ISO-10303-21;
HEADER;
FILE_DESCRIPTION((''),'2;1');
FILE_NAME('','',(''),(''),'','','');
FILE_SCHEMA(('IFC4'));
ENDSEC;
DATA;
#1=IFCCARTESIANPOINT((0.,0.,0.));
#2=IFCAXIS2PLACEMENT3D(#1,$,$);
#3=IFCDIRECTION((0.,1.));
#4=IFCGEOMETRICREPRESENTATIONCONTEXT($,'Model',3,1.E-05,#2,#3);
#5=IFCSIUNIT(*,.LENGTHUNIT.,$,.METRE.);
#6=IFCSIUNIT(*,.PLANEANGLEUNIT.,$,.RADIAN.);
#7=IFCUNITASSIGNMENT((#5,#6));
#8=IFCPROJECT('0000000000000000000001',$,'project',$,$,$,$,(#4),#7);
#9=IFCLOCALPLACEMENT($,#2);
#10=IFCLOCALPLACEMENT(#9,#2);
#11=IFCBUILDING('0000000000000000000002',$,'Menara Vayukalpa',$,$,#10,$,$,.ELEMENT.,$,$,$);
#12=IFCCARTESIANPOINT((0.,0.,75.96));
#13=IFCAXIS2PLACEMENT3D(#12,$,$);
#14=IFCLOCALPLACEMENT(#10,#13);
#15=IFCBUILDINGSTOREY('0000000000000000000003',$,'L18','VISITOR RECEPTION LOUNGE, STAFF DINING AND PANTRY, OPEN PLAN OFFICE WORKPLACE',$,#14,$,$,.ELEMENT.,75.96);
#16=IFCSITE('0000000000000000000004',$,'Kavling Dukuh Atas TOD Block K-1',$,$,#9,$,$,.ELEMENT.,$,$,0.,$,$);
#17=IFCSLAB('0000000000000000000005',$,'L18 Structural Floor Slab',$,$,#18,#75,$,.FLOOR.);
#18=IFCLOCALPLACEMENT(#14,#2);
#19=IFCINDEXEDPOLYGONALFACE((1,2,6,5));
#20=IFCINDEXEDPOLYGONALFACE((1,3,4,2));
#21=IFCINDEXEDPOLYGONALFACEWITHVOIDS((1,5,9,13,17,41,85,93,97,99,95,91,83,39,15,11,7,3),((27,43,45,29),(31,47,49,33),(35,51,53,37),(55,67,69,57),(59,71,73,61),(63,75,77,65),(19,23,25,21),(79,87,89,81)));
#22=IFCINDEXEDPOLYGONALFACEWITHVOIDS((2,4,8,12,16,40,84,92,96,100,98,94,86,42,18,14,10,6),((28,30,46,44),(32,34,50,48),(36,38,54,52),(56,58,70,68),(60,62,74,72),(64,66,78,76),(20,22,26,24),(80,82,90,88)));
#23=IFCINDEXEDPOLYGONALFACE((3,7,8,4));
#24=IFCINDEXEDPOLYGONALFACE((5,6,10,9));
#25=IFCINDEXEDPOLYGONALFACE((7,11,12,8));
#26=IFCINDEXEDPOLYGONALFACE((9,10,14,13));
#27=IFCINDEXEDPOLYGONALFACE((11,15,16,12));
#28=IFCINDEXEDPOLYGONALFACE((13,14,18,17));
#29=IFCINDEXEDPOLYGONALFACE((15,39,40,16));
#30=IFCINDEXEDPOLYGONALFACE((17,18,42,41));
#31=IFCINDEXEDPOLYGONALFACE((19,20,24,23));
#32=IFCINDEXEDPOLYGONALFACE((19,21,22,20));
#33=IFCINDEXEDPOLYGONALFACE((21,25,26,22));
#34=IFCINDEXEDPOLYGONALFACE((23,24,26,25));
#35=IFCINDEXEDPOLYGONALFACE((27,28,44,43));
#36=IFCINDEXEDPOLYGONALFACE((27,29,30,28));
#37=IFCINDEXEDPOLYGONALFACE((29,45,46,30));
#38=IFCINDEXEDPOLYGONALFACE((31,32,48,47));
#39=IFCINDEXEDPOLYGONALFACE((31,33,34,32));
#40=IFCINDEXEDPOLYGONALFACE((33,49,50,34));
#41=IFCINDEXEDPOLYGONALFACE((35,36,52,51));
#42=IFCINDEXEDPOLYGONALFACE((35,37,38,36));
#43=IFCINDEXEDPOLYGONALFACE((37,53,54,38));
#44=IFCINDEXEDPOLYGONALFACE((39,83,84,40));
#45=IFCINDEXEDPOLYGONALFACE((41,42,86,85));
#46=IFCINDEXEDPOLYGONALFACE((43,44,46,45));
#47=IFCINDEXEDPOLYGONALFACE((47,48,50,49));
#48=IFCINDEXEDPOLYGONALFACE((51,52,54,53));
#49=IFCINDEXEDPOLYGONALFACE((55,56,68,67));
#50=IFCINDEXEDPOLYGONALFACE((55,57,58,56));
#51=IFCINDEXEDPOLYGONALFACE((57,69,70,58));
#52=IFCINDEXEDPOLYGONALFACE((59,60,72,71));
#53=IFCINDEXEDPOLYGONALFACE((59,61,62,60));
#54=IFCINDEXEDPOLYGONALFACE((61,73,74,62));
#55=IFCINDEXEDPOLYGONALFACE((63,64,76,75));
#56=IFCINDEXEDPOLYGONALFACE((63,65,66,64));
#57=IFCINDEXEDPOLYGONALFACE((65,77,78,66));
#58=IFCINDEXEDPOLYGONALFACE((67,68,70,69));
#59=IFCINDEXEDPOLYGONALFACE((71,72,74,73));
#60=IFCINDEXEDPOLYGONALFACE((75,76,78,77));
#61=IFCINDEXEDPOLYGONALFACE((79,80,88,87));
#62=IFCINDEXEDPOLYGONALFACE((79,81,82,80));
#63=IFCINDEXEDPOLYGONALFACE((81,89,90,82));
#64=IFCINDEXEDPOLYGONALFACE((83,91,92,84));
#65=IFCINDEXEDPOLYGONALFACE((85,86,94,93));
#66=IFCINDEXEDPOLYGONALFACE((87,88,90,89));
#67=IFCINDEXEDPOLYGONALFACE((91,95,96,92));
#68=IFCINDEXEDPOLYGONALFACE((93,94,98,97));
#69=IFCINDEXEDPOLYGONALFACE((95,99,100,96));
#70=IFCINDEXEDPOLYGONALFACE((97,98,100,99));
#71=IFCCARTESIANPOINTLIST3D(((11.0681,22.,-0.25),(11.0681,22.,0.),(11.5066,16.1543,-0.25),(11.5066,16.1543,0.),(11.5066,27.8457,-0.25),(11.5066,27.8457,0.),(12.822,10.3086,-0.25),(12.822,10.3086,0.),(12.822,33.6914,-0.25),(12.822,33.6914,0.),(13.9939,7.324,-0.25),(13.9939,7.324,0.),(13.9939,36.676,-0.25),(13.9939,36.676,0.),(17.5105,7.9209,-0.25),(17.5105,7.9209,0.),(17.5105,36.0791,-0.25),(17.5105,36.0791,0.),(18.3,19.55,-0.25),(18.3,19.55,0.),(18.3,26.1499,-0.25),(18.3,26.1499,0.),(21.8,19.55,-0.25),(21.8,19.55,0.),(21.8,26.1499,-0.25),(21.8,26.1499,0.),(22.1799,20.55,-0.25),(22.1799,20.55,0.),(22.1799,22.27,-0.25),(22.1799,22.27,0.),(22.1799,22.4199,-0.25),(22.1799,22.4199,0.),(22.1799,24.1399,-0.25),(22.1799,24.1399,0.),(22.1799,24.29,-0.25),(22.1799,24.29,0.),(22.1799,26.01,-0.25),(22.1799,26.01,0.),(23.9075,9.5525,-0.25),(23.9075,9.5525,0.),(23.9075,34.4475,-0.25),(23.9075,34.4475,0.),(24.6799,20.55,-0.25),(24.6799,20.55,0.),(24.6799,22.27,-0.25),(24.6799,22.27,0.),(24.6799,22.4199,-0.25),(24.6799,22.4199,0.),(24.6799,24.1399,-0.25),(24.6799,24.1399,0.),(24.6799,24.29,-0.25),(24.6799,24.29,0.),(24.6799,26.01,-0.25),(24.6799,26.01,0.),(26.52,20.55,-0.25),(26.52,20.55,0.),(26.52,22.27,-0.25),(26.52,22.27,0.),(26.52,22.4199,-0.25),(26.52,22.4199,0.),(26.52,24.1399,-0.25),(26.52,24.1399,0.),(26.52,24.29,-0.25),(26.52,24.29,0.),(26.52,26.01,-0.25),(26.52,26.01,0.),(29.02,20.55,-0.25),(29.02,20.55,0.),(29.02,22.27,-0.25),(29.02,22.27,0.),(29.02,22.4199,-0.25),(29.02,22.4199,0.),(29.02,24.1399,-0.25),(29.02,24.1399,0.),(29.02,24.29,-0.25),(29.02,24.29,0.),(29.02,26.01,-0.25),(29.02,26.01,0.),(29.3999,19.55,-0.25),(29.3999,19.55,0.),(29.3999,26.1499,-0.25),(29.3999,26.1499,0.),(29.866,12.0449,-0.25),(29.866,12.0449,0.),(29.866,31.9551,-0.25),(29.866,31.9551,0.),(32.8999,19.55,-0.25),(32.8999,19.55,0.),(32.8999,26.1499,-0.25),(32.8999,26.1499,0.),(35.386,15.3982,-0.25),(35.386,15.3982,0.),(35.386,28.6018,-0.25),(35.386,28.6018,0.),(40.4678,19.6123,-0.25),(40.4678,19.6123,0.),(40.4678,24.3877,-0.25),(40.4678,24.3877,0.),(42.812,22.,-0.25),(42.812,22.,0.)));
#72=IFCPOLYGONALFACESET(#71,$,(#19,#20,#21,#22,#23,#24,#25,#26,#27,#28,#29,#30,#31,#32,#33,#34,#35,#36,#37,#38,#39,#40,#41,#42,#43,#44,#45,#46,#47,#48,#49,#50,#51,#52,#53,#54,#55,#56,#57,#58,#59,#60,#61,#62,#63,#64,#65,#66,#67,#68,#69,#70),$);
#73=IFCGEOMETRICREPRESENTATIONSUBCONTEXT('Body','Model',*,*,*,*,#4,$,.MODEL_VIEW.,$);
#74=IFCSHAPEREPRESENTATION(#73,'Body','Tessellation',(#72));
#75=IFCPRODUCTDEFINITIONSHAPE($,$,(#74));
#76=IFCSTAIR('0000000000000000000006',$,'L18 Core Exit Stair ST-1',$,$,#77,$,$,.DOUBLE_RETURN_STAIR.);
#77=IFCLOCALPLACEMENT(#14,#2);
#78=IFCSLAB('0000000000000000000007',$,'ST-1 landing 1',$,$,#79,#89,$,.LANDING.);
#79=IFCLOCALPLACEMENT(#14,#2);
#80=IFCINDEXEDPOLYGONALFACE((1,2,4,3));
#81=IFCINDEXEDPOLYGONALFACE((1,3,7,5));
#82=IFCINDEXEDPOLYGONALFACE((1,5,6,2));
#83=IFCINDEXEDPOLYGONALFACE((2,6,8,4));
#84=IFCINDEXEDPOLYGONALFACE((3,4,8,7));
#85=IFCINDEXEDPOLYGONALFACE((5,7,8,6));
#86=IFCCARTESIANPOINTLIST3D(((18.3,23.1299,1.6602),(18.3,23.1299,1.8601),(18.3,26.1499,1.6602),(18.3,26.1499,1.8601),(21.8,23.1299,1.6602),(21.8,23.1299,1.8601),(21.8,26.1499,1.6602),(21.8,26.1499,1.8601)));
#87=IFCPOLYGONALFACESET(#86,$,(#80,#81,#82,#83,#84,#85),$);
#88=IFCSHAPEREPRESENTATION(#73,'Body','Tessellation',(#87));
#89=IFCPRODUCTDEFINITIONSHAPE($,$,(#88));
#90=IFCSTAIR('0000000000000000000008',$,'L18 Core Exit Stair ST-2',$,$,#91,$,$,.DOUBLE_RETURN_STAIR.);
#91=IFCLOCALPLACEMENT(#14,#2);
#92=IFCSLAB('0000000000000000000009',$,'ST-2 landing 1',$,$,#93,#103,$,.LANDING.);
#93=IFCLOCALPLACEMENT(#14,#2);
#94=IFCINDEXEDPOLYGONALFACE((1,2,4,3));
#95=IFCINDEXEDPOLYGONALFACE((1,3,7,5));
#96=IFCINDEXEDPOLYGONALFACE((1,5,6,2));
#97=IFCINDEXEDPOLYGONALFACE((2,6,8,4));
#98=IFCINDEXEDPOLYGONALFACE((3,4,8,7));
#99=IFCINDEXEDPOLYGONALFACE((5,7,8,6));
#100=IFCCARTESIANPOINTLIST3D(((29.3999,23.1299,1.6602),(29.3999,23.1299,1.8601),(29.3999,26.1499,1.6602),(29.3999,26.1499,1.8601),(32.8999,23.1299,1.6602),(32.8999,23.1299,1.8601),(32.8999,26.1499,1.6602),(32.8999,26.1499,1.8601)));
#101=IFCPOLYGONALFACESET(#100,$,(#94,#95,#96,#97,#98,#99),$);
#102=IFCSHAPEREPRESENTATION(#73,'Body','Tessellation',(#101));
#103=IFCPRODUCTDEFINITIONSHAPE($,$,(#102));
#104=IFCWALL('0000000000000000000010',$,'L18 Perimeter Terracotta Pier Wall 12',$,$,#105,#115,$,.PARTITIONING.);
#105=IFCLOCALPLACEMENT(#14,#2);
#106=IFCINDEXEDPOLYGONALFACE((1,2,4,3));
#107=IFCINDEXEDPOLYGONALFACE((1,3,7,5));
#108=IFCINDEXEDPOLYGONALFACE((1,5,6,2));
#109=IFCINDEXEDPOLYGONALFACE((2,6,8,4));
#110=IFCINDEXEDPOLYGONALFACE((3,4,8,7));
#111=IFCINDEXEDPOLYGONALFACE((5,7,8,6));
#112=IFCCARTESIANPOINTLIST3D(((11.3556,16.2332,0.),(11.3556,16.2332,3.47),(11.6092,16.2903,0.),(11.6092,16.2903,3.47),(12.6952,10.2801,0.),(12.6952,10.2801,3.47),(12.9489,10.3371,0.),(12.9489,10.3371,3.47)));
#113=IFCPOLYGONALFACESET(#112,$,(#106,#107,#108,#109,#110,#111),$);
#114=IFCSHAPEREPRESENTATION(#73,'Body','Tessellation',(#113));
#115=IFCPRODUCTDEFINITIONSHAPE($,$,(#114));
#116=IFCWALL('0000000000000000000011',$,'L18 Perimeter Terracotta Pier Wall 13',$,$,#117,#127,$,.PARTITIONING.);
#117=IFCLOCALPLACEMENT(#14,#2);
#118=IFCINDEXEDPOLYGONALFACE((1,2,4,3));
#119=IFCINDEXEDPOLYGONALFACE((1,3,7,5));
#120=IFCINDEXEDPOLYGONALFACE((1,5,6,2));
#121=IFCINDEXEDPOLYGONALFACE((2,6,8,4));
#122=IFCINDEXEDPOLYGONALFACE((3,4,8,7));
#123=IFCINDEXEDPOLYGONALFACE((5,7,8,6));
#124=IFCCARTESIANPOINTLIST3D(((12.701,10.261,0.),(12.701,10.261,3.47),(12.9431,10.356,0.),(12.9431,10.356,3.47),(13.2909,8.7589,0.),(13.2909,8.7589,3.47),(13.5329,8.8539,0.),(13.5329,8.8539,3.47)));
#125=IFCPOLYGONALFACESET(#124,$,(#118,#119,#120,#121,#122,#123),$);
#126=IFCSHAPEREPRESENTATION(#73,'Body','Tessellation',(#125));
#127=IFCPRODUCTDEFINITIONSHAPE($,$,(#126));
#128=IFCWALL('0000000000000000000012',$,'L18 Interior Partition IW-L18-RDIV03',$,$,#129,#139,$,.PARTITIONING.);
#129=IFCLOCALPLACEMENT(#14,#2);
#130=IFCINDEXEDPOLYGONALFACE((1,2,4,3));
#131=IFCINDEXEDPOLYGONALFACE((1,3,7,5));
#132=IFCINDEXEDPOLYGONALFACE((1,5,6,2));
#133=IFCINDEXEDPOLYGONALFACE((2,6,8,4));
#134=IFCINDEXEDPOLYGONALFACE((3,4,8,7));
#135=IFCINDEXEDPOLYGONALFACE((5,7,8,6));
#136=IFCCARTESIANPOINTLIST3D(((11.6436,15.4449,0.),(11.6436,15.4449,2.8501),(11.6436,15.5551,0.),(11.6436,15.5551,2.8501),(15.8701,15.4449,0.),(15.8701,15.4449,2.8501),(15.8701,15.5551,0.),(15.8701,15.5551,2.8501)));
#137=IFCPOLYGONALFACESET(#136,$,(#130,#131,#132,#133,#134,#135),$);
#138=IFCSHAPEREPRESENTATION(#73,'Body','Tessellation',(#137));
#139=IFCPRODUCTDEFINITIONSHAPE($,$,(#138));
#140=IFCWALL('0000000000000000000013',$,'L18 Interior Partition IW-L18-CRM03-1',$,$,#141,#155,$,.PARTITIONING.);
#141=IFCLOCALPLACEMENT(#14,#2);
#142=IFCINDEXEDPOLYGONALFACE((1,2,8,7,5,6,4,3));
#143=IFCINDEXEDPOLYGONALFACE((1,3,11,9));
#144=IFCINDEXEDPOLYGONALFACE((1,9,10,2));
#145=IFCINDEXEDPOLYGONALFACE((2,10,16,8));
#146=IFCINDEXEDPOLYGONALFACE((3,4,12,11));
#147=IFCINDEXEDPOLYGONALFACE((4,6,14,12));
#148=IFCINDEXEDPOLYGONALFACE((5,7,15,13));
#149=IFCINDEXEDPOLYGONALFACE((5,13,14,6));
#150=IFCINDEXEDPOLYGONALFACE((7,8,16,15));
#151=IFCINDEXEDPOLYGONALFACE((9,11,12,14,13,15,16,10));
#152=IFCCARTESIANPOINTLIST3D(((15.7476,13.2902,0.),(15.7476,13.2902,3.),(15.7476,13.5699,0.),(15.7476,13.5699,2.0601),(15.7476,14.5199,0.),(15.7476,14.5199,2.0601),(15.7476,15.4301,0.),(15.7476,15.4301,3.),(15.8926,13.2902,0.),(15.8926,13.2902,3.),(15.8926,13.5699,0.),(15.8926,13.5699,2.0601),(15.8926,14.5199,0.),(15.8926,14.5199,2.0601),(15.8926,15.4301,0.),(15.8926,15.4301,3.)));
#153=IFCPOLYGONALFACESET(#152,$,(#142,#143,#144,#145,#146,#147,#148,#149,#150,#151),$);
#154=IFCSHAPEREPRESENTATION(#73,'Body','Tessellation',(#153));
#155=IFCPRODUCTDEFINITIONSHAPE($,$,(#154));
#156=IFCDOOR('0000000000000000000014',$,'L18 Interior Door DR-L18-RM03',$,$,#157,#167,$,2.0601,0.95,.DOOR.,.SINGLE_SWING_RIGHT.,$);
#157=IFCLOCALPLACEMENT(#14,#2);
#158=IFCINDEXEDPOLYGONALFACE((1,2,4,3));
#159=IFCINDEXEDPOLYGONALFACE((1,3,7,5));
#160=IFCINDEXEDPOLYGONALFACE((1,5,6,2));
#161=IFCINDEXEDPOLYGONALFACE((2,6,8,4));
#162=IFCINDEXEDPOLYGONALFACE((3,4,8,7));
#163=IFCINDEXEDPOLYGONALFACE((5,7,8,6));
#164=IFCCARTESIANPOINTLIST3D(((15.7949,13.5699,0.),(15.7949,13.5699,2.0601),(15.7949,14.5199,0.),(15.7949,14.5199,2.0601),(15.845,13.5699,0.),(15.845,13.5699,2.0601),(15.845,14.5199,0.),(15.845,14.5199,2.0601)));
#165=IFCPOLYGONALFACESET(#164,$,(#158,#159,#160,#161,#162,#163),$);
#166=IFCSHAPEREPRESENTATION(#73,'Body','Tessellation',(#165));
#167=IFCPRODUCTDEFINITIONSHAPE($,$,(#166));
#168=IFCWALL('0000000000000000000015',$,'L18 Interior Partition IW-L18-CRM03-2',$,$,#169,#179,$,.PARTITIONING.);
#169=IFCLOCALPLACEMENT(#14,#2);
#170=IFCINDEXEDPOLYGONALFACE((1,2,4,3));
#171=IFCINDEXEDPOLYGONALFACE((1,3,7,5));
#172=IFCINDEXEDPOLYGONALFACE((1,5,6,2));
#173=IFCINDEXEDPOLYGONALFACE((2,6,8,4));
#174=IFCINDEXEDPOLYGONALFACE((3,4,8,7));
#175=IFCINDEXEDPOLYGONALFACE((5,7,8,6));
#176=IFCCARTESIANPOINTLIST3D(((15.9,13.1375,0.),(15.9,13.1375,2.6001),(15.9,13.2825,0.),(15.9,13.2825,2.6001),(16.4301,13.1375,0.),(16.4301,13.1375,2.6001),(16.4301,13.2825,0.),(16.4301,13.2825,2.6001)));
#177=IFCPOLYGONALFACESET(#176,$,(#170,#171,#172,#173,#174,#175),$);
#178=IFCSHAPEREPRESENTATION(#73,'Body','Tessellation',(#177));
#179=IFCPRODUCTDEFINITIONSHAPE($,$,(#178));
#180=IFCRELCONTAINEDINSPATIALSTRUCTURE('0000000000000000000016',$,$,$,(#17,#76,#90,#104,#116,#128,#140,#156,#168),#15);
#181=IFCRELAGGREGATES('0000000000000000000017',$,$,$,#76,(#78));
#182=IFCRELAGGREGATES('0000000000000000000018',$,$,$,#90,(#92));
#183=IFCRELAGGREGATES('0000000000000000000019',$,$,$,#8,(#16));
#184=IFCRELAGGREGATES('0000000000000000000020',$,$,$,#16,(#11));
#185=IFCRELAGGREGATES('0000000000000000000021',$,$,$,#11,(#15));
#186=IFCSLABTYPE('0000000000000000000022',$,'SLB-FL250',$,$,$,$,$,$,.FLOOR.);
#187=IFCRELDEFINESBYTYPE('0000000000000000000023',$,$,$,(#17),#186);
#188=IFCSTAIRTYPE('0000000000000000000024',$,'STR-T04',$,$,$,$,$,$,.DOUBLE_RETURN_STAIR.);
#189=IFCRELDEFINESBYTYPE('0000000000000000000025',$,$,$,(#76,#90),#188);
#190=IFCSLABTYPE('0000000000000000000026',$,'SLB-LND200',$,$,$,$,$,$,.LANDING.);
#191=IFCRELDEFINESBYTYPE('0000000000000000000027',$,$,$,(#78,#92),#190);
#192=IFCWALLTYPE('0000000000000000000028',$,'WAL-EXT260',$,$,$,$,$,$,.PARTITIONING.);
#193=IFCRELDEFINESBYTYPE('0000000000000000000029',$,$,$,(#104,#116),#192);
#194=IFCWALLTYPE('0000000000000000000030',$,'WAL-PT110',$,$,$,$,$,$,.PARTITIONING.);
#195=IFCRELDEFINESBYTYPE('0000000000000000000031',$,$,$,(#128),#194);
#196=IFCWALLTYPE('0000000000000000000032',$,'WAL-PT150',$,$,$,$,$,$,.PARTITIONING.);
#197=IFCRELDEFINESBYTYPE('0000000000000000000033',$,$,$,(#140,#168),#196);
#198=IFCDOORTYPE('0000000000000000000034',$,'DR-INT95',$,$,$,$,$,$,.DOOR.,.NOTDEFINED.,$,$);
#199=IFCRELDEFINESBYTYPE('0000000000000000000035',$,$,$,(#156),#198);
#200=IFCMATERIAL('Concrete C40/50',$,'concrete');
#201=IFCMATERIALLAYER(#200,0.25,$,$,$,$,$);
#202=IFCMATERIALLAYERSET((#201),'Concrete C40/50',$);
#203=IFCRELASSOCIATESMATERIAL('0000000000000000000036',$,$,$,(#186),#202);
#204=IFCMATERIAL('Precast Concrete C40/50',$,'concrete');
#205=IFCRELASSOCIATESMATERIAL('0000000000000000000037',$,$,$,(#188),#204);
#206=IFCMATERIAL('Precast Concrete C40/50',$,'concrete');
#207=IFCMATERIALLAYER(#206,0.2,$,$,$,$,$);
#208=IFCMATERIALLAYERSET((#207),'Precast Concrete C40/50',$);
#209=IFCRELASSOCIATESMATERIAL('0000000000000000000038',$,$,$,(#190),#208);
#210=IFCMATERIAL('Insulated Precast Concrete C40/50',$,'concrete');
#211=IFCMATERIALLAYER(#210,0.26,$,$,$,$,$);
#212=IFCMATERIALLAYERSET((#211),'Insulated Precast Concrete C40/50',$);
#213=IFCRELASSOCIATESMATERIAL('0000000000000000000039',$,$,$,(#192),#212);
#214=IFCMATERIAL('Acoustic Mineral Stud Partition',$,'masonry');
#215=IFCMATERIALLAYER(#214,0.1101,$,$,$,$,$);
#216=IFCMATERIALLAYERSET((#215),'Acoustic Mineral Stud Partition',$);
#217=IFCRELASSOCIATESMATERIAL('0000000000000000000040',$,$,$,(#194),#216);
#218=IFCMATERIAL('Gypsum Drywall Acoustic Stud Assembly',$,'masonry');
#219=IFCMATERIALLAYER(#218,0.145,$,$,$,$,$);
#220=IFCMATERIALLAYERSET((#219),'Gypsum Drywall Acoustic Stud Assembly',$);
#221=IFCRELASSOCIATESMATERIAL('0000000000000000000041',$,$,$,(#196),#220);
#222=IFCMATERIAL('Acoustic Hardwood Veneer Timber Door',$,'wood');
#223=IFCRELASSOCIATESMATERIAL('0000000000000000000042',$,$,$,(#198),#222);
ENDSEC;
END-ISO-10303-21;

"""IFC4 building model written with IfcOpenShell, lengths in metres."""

from ifc_helpers import new_model, si_unit, direction, frame, frame_2d, origin, place, context, subcontext, project, spatial, polyline, rectangle, outline, extrude, material, layer, layer_set, type_object, element, fill, aggregate, save


model = new_model("IFC4")

# Units and contexts
model_context = context("Model", 3, precision=1e-05, world=origin(), true_north=direction((0.0, 1.0)))
body_context = subcontext(model_context, "Body", "Model", "MODEL_VIEW")
ifc_project = project(units=[si_unit("LENGTHUNIT", "METRE"), si_unit("PLANEANGLEUNIT", "RADIAN")], contexts=[model_context])

# Site, building, storey
site_placement = place(None, origin())
site = spatial("IfcSite", under=ifc_project, at=site_placement, Name="Kavling Dukuh Atas TOD Block K-1", CompositionType="ELEMENT", RefElevation=0.0)
building_placement = place(site_placement, origin())
building = spatial("IfcBuilding", under=site, at=building_placement, Name="Menara Vayukalpa", CompositionType="ELEMENT")
storey_placement = place(building_placement, frame((0.0, 0.0, 75.96)))
storey = spatial("IfcBuildingStorey", under=building, at=storey_placement, Name="L18", Description="VISITOR RECEPTION LOUNGE, STAFF DINING AND PANTRY, OPEN PLAN OFFICE WORKPLACE", CompositionType="ELEMENT", Elevation=75.96)

# Slab
ifc_material_1 = material(Name="Concrete C40/50", Category="concrete")
ifc_layer_1 = layer(ifc_material_1, 0.25)
ifc_layer_set_1 = layer_set([ifc_layer_1], Name="Concrete C40/50")
slab_type_1 = type_object("IfcSlabType", Name="SLB-FL250", PredefinedType="FLOOR", material=ifc_layer_set_1)
slab_1_placement = place(storey_placement, frame((0.0, 0.0, -0.25)))
element("IfcSlab", 1, at=slab_1_placement, inside=storey, type_object=slab_type_1, Name="L18 Structural Floor Slab", PredefinedType="FLOOR", context=body_context, shape_type="SweptSolid", body=[
    extrude(outline(polyline([(40.4678, 19.6123), (42.812, 22.0), (40.4678, 24.3877), (35.386, 28.6018), (29.866, 31.9551), (23.9075, 34.4475), (17.5105, 36.0791), (13.9939, 36.676), (12.822, 33.6914), (11.5066, 27.8457), (11.0681, 22.0), (11.5066, 16.1543), (12.822, 10.3086), (13.9939, 7.324), (17.5105, 7.9209), (23.9075, 9.5525), (29.866, 12.0449), (35.386, 15.3982), (40.4678, 19.6123)]), holes=[polyline([(21.8, 19.55), (21.8, 26.1499), (18.3, 26.1499), (18.3, 19.55), (21.8, 19.55)]), polyline([(32.8999, 19.55), (32.8999, 26.1499), (29.3999, 26.1499), (29.3999, 19.55), (32.8999, 19.55)]), polyline([(22.1799, 20.55), (24.6799, 20.55), (24.6799, 22.27), (22.1799, 22.27), (22.1799, 20.55)]), polyline([(26.52, 20.55), (29.02, 20.55), (29.02, 22.27), (26.52, 22.27), (26.52, 20.55)]), polyline([(22.1799, 22.4199), (24.6799, 22.4199), (24.6799, 24.1399), (22.1799, 24.1399), (22.1799, 22.4199)]), polyline([(22.1799, 24.29), (24.6799, 24.29), (24.6799, 26.01), (22.1799, 26.01), (22.1799, 24.29)]), polyline([(26.52, 24.29), (29.02, 24.29), (29.02, 26.01), (26.52, 26.01), (26.52, 24.29)]), polyline([(26.52, 22.4199), (29.02, 22.4199), (29.02, 24.1399), (26.52, 24.1399), (26.52, 22.4199)])]), origin(), (0.0, 0.0, 1.0), 0.25),
])

# Stairs, slabs
ifc_material_2 = material(Name="Precast Concrete C40/50", Category="concrete")
stair_type = type_object("IfcStairType", Name="STR-T04", PredefinedType="DOUBLE_RETURN_STAIR", material=ifc_material_2)
stair_1_placement = place(storey_placement, origin())
stair_1 = element("IfcStair", 2, at=stair_1_placement, inside=storey, type_object=stair_type, Name="L18 Core Exit Stair ST-1", PredefinedType="DOUBLE_RETURN_STAIR")
ifc_material_3 = material(Name="Precast Concrete C40/50", Category="concrete")
ifc_layer_2 = layer(ifc_material_3, 0.2)
ifc_layer_set_2 = layer_set([ifc_layer_2], Name="Precast Concrete C40/50")
slab_type_2 = type_object("IfcSlabType", Name="SLB-LND200", PredefinedType="LANDING", material=ifc_layer_set_2)
slab_2_placement = place(storey_placement, frame((0.0, 0.0, 1.6602)))
slab_2 = element("IfcSlab", 3, at=slab_2_placement, type_object=slab_type_2, Name="ST-1 landing 1", PredefinedType="LANDING", context=body_context, shape_type="SweptSolid", body=[
    extrude(outline(polyline([(21.8, 23.1299), (21.8, 26.1499), (18.3, 26.1499), (18.3, 23.1299), (21.8, 23.1299)])), origin(), (0.0, 0.0, 1.0), 0.2),
])
aggregate(stair_1, [slab_2])
stair_2_placement = place(storey_placement, origin())
stair_2 = element("IfcStair", 4, at=stair_2_placement, inside=storey, type_object=stair_type, Name="L18 Core Exit Stair ST-2", PredefinedType="DOUBLE_RETURN_STAIR")
slab_3_placement = place(storey_placement, frame((0.0, 0.0, 1.6602)))
slab_3 = element("IfcSlab", 5, at=slab_3_placement, type_object=slab_type_2, Name="ST-2 landing 1", PredefinedType="LANDING", context=body_context, shape_type="SweptSolid", body=[
    extrude(outline(polyline([(32.8999, 23.1299), (32.8999, 26.1499), (29.3999, 26.1499), (29.3999, 23.1299), (32.8999, 23.1299)])), origin(), (0.0, 0.0, 1.0), 0.2),
])
aggregate(stair_2, [slab_3])

# Walls
ifc_material_4 = material(Name="Insulated Precast Concrete C40/50", Category="concrete")
ifc_layer_3 = layer(ifc_material_4, 0.26)
ifc_layer_set_3 = layer_set([ifc_layer_3], Name="Insulated Precast Concrete C40/50")
wall_type_1 = type_object("IfcWallType", Name="WAL-EXT260", PredefinedType="PARTITIONING", material=ifc_layer_set_3)
wall_1_placement = place(storey_placement, frame((12.822, 10.3086, 0.0), z_axis=(0.0, 0.0, 1.0), x_axis=(-0.219535, 0.975605, 0.0)))
element("IfcWall", 6, at=wall_1_placement, inside=storey, type_object=wall_type_1, Name="L18 Perimeter Terracotta Pier Wall 12", PredefinedType="PARTITIONING", context=body_context, shape_type="SweptSolid", body=[
    extrude(rectangle(XDim=6.1021, YDim=0.26, at=frame_2d((3.051, 0.0))), origin(), (0.0, 0.0, 1.0), 3.47),
])
wall_2_placement = place(storey_placement, frame((13.4119, 8.8064, 0.0), z_axis=(0.0, 0.0, 1.0), x_axis=(-0.365489, 0.930816, 0.0)))
element("IfcWall", 7, at=wall_2_placement, inside=storey, type_object=wall_type_1, Name="L18 Perimeter Terracotta Pier Wall 13", PredefinedType="PARTITIONING", context=body_context, shape_type="SweptSolid", body=[
    extrude(rectangle(XDim=1.6138, YDim=0.26, at=frame_2d((0.8069, 0.0))), origin(), (0.0, 0.0, 1.0), 3.47),
])
ifc_material_5 = material(Name="Acoustic Mineral Stud Partition", Category="masonry")
ifc_layer_4 = layer(ifc_material_5, 0.1101)
ifc_layer_set_4 = layer_set([ifc_layer_4], Name="Acoustic Mineral Stud Partition")
wall_type_2 = type_object("IfcWallType", Name="WAL-PT110", PredefinedType="PARTITIONING", material=ifc_layer_set_4)
wall_3_placement = place(storey_placement, frame((11.6436, 15.5, 0.0), z_axis=(0.0, 0.0, 1.0), x_axis=(1.0, 0.0, 0.0)))
element("IfcWall", 8, at=wall_3_placement, inside=storey, type_object=wall_type_2, Name="L18 Interior Partition IW-L18-RDIV03", PredefinedType="PARTITIONING", context=body_context, shape_type="SweptSolid", body=[
    extrude(rectangle(XDim=4.2266, YDim=0.1101, at=frame_2d((2.1133, 0.0))), origin(), (0.0, 0.0, 1.0), 2.8501),
])

# Wall, opening, door
ifc_material_6 = material(Name="Gypsum Drywall Acoustic Stud Assembly", Category="masonry")
ifc_layer_5 = layer(ifc_material_6, 0.145)
ifc_layer_set_5 = layer_set([ifc_layer_5], Name="Gypsum Drywall Acoustic Stud Assembly")
wall_type_3 = type_object("IfcWallType", Name="WAL-PT150", PredefinedType="PARTITIONING", material=ifc_layer_set_5)
wall_4_placement = place(storey_placement, frame((15.8201, 15.4299, 0.0), z_axis=(0.0, 0.0, 1.0), x_axis=(0.0, -1.0, 0.0)))
wall_4 = element("IfcWall", 9, at=wall_4_placement, inside=storey, type_object=wall_type_3, Name="L18 Interior Partition IW-L18-CRM03-1", PredefinedType="PARTITIONING", context=body_context, shape_type="SweptSolid", body=[
    extrude(rectangle(XDim=2.1399, YDim=0.145, at=frame_2d((1.0698, 0.0))), origin(), (0.0, 0.0, 1.0), 3.0),
])
opening_placement = place(wall_4_placement, frame((0.9099, 0.0, 0.0)))
opening = element("IfcOpeningElement", 10, at=opening_placement, cuts=wall_4, PredefinedType="OPENING", context=body_context, shape_type="SweptSolid", body=[
    extrude(rectangle(XDim=0.95, YDim=2.0601, at=frame_2d((0.4751, 1.03))), frame((0.0, 0.0825, 0.0), z_axis=(0.0, -1.0, 0.0), x_axis=(1.0, 0.0, 0.0)), (0.0, 0.0, 1.0), 0.165),
])
ifc_material_7 = material(Name="Acoustic Hardwood Veneer Timber Door", Category="wood")
door_type = type_object("IfcDoorType", Name="DR-INT95", OperationType="NOTDEFINED", PredefinedType="DOOR", material=ifc_material_7)
door_placement = place(opening_placement, origin())
door = element("IfcDoor", 11, at=door_placement, inside=storey, type_object=door_type, Name="L18 Interior Door DR-L18-RM03", OperationType="SINGLE_SWING_RIGHT", OverallHeight=2.0601, OverallWidth=0.95, PredefinedType="DOOR", context=body_context, shape_type="SweptSolid", body=[
    extrude(rectangle(XDim=0.95, YDim=2.0601, at=frame_2d((0.4751, 1.03))), frame((0.0, 0.0249, 0.0), z_axis=(0.0, -1.0, 0.0), x_axis=(1.0, 0.0, 0.0)), (0.0, 0.0, 1.0), 0.05),
])
fill(opening, door)

# Wall
wall_5_placement = place(storey_placement, frame((15.8999, 13.21, 0.0), z_axis=(0.0, 0.0, 1.0), x_axis=(1.0, 0.0, 0.0)))
element("IfcWall", 12, at=wall_5_placement, inside=storey, type_object=wall_type_3, Name="L18 Interior Partition IW-L18-CRM03-2", PredefinedType="PARTITIONING", context=body_context, shape_type="SweptSolid", body=[
    extrude(rectangle(XDim=0.53, YDim=0.145, at=frame_2d((0.2651, 0.0))), origin(), (0.0, 0.0, 1.0), 2.6001),
])

save(model, "model.ifc")
